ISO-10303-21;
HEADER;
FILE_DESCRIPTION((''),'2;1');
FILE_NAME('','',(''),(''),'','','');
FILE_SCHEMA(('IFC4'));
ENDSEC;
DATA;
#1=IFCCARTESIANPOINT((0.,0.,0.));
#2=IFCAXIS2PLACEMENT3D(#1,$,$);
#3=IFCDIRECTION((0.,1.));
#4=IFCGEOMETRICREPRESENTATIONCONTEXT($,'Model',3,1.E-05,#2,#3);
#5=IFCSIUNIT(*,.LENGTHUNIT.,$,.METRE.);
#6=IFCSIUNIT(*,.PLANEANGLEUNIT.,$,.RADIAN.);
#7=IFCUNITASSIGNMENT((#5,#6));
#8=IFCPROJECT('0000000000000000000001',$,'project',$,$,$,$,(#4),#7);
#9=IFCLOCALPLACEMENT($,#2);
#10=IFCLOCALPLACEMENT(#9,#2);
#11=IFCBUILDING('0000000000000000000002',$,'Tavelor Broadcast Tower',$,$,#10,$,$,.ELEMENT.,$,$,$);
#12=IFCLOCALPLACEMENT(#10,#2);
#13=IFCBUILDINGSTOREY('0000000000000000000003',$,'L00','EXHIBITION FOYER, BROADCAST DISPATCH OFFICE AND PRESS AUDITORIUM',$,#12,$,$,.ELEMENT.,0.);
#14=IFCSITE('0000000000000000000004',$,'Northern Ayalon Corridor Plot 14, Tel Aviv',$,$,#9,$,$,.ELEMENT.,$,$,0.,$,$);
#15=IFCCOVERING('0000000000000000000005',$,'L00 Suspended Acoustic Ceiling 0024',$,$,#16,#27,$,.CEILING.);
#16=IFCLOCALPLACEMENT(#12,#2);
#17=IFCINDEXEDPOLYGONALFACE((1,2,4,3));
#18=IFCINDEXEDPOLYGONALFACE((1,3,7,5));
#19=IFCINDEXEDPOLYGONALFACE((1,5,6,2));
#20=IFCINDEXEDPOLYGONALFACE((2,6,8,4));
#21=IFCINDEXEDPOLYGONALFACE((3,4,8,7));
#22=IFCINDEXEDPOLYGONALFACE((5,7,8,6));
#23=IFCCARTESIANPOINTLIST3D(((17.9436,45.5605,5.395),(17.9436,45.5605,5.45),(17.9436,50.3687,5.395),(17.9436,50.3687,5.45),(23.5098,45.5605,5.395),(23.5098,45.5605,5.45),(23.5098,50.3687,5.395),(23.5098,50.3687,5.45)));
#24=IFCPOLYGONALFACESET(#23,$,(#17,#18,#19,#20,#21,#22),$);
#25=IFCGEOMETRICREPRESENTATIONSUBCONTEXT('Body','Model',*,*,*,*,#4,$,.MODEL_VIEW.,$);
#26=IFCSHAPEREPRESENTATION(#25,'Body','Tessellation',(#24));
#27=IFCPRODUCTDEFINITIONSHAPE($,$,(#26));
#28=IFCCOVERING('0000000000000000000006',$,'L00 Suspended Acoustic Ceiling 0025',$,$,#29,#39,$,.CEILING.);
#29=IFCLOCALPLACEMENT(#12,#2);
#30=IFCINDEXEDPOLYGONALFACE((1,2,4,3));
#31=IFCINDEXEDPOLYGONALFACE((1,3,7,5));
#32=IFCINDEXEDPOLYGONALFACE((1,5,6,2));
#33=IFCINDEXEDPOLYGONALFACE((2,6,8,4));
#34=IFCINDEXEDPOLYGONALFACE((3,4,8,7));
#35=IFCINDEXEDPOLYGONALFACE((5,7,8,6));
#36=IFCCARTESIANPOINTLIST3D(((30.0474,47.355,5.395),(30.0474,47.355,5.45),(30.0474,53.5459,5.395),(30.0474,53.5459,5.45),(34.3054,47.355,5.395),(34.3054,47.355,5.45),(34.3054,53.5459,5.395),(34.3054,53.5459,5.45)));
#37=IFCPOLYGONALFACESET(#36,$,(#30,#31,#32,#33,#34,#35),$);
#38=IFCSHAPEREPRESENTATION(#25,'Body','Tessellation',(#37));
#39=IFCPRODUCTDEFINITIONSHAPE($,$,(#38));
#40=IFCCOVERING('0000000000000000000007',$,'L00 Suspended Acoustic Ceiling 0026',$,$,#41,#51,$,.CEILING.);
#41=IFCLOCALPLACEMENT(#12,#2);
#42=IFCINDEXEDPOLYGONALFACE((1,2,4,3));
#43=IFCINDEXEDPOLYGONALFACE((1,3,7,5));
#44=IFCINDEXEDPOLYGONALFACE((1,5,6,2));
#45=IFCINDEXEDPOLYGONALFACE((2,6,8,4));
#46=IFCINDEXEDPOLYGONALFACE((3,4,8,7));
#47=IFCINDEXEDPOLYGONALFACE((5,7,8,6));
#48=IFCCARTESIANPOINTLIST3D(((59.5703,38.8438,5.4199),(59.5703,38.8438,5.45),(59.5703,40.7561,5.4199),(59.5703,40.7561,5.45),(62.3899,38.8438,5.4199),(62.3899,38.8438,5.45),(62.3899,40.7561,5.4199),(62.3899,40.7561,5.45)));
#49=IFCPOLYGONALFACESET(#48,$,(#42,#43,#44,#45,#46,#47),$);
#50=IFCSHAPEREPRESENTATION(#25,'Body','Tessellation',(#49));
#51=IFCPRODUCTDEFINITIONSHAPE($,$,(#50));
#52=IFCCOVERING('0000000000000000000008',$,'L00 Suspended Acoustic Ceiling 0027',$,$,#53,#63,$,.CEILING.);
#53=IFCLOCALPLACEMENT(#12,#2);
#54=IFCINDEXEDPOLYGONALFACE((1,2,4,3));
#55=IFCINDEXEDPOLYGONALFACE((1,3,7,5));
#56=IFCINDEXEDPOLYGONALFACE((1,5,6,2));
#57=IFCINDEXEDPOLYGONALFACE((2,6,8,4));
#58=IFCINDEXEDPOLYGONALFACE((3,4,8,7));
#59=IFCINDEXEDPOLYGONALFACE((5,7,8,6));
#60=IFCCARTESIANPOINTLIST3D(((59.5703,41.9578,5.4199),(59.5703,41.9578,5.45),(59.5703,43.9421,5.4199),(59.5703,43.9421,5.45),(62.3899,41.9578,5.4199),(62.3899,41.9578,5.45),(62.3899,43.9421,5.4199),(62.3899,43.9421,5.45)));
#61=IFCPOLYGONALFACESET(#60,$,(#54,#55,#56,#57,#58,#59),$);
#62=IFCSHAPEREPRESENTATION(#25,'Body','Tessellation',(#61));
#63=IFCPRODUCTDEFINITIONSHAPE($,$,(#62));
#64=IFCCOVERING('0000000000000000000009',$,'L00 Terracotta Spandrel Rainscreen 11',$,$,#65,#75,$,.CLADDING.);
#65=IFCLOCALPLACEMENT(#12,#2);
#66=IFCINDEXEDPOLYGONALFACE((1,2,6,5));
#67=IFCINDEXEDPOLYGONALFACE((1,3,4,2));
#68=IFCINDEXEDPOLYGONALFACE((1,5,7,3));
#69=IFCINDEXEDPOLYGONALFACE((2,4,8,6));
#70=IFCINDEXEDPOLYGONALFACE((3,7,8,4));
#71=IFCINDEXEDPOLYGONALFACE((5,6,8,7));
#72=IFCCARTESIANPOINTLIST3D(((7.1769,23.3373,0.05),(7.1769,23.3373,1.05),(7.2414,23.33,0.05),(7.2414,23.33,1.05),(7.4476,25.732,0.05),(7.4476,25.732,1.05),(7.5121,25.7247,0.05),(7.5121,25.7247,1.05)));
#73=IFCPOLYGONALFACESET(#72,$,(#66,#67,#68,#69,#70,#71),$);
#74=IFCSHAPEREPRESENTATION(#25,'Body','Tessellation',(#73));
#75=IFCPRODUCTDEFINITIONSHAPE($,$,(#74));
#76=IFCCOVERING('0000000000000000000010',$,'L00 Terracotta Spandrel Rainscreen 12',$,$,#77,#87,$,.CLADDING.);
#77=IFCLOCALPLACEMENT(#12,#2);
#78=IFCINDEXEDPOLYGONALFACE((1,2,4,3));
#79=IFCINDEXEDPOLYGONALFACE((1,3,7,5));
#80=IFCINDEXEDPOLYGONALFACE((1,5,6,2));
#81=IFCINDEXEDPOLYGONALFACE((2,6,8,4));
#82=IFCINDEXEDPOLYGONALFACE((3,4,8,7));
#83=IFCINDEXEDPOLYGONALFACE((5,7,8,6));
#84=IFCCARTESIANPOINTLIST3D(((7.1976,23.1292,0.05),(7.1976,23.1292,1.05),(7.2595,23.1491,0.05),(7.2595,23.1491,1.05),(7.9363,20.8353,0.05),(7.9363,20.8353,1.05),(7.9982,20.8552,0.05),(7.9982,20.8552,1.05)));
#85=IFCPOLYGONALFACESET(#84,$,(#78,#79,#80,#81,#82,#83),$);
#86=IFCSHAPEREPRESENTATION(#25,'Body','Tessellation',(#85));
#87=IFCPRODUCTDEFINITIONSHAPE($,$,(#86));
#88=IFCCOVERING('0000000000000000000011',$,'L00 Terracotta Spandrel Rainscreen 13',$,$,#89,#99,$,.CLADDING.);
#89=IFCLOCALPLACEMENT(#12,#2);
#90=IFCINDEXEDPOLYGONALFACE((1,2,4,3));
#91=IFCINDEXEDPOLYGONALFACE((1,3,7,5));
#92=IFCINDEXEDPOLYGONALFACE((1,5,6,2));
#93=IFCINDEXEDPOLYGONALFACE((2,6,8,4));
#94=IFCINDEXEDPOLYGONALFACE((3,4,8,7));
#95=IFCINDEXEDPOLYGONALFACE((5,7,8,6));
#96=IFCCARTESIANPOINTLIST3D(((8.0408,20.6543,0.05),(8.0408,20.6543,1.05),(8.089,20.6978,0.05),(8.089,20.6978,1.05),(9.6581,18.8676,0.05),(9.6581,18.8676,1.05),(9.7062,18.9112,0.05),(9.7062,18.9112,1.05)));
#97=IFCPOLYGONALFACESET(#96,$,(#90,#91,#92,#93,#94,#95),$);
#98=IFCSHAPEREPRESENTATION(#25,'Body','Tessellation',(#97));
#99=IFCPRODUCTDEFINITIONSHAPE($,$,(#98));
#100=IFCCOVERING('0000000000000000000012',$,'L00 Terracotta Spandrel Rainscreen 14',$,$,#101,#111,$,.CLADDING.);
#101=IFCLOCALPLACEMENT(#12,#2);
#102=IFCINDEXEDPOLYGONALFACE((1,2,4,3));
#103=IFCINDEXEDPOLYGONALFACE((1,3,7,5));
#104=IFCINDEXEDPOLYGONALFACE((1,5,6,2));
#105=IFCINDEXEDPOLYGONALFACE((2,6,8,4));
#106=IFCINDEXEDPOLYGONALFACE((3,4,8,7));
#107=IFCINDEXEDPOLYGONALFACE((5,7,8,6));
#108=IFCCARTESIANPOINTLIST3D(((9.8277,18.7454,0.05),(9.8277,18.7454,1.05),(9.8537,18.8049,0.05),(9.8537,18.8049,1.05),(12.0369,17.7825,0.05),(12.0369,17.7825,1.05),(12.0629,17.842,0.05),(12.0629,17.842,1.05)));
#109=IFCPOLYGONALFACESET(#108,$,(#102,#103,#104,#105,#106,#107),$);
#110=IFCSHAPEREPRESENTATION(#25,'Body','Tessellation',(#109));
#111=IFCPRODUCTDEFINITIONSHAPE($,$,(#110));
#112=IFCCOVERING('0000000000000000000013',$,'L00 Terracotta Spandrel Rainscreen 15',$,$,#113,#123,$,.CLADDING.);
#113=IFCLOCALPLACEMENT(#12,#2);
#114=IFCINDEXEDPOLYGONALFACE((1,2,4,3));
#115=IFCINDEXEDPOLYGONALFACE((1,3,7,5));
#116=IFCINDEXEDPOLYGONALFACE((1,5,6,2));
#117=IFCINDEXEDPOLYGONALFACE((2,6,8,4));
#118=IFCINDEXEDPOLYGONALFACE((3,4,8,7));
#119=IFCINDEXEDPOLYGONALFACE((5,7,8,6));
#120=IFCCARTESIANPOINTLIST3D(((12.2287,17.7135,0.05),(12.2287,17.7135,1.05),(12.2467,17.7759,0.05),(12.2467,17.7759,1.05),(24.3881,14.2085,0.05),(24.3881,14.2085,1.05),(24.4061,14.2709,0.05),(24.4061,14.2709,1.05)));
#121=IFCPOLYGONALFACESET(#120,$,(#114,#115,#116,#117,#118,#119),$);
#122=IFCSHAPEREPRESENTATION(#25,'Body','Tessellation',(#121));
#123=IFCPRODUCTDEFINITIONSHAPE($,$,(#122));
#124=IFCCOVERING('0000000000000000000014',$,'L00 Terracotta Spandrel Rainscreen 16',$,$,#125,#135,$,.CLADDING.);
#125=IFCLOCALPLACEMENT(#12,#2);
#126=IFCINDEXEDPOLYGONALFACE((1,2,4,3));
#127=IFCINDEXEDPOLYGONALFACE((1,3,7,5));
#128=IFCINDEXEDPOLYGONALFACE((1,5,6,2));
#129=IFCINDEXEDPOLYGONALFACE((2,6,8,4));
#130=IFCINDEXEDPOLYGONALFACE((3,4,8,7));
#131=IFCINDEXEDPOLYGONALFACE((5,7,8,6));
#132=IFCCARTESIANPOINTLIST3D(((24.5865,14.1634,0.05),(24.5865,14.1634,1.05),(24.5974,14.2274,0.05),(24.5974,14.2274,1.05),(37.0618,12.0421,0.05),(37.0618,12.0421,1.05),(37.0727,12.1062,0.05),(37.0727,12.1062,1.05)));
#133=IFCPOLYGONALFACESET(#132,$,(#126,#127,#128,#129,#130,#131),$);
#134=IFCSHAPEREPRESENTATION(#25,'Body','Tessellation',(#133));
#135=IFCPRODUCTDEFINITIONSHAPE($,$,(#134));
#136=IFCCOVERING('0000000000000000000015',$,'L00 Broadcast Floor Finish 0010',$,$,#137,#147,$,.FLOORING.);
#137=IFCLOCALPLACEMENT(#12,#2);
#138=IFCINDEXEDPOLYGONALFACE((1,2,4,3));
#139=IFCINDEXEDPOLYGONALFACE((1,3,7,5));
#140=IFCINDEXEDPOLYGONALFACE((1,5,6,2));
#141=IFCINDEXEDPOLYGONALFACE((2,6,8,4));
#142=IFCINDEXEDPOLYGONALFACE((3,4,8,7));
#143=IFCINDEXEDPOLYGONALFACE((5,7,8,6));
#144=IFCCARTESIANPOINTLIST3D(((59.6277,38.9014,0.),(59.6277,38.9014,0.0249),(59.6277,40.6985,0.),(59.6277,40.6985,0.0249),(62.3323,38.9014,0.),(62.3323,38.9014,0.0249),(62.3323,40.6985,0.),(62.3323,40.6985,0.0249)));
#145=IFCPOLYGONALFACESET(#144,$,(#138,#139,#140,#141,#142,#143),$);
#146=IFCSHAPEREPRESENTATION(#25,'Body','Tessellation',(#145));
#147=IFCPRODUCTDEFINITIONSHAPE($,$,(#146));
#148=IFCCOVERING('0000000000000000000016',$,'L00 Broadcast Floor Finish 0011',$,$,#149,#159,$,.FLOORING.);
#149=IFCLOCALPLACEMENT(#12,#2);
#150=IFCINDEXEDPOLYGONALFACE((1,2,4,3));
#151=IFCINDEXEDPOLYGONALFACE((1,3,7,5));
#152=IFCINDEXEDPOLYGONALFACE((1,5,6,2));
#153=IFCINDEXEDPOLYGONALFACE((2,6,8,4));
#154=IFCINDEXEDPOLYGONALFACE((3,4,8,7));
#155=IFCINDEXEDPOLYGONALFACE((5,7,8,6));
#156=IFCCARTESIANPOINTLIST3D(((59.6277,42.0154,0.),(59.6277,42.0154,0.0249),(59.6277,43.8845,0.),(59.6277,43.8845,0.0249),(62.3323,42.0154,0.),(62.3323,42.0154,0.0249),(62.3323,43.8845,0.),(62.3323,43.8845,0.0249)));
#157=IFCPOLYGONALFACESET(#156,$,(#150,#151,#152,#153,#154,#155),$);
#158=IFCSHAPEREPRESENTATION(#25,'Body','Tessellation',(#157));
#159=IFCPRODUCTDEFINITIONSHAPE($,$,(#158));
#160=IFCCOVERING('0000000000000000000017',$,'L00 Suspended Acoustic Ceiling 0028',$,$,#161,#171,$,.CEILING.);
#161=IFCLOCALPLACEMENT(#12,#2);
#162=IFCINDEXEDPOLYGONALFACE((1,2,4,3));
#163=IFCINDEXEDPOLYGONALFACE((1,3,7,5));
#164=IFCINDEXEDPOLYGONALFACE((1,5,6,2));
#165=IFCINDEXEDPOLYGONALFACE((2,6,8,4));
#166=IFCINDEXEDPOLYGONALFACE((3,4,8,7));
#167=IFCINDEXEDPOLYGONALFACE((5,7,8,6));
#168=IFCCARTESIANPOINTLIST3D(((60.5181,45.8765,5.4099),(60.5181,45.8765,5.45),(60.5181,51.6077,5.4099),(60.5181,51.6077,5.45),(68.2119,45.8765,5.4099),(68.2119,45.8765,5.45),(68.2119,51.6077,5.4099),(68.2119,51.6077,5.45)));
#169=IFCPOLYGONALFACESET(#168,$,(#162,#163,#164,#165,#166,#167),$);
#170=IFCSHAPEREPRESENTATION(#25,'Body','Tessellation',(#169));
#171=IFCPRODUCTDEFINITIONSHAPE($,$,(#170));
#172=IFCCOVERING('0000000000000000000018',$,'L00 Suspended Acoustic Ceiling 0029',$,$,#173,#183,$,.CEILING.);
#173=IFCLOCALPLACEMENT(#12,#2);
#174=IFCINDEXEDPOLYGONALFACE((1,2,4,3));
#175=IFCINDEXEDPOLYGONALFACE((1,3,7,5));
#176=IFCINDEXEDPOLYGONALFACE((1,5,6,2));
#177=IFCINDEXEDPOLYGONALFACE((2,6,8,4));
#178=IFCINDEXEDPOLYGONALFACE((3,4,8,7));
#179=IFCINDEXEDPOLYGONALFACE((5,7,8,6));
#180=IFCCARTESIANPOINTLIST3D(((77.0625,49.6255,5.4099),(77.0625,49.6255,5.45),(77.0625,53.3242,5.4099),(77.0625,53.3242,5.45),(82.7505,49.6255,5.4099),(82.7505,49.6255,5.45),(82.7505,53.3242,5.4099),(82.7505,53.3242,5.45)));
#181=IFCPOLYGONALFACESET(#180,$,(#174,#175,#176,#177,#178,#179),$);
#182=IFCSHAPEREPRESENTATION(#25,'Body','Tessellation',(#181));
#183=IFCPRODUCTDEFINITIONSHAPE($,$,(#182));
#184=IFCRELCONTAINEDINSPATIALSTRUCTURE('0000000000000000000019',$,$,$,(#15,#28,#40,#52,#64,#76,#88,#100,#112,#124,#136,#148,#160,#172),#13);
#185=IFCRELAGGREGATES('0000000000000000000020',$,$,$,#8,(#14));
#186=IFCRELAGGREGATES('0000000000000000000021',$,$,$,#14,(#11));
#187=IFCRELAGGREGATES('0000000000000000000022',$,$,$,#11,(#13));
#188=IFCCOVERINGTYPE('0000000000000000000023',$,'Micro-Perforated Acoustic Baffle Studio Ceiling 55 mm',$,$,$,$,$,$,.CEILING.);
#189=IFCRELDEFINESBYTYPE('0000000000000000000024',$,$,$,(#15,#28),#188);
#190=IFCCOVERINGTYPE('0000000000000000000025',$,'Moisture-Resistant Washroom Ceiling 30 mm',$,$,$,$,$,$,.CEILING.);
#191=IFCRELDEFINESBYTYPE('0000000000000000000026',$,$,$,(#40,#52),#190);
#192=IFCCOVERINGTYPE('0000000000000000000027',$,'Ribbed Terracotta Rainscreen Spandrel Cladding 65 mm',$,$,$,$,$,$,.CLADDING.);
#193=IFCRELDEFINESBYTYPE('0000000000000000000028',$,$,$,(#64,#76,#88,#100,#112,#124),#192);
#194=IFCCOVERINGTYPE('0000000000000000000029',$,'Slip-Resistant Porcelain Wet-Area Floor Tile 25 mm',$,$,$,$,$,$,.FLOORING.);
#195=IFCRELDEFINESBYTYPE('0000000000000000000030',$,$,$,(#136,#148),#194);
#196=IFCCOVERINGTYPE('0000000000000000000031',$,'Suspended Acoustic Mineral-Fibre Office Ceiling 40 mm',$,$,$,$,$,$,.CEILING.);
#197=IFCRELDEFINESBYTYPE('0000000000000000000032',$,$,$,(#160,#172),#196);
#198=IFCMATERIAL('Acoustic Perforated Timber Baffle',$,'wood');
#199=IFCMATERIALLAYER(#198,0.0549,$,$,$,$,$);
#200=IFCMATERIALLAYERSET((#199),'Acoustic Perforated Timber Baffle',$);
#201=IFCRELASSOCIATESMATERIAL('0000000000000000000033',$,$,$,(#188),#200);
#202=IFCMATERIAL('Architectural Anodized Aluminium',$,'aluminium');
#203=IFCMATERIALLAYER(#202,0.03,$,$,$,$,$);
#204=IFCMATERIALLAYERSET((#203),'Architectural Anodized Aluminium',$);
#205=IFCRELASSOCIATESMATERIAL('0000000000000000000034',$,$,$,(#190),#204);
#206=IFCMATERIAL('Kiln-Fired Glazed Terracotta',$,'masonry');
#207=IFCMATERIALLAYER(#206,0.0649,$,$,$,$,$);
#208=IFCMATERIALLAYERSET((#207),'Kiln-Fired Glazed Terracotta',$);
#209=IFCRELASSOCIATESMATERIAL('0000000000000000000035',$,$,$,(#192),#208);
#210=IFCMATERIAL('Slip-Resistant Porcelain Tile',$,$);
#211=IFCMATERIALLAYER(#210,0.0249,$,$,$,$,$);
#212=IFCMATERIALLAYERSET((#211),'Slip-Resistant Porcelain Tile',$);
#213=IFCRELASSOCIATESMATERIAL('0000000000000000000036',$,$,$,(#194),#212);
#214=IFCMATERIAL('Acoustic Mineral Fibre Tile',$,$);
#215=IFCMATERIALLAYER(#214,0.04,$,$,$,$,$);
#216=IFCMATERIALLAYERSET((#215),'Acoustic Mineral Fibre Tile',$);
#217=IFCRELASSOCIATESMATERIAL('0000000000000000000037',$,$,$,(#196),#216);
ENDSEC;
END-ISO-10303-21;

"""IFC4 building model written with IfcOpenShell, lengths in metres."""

from ifc_helpers import new_model, si_unit, direction, frame, origin, origin_2d, place, context, subcontext, project, spatial, polyline, rectangle, outline, extrude, material, layer, layer_set, type_object, element, save


model = new_model("IFC4")

# Units and contexts
model_context = context("Model", 3, precision=1e-05, world=origin(), true_north=direction((0.0, 1.0)))
body_context = subcontext(model_context, "Body", "Model", "MODEL_VIEW")
ifc_project = project(units=[si_unit("LENGTHUNIT", "METRE"), si_unit("PLANEANGLEUNIT", "RADIAN")], contexts=[model_context])

# Site, building, storey
site_placement = place(None, origin())
site = spatial("IfcSite", under=ifc_project, at=site_placement, Name="Northern Ayalon Corridor Plot 14, Tel Aviv", CompositionType="ELEMENT", RefElevation=0.0)
building_placement = place(site_placement, origin())
building = spatial("IfcBuilding", under=site, at=building_placement, Name="Tavelor Broadcast Tower", CompositionType="ELEMENT")
storey_placement = place(building_placement, origin())
storey = spatial("IfcBuildingStorey", under=building, at=storey_placement, Name="L00", Description="EXHIBITION FOYER, BROADCAST DISPATCH OFFICE AND PRESS AUDITORIUM", CompositionType="ELEMENT", Elevation=0.0)

# Shared definitions
ifc_material_1 = material(Name="Architectural Anodized Aluminium", Category="aluminium")

# Coverings
ifc_material_2 = material(Name="Acoustic Perforated Timber Baffle", Category="wood")
ifc_layer_1 = layer(ifc_material_2, 0.0549)
ifc_layer_set_1 = layer_set([ifc_layer_1], Name="Acoustic Perforated Timber Baffle")
covering_type_1 = type_object("IfcCoveringType", Name="Micro-Perforated Acoustic Baffle Studio Ceiling 55 mm", PredefinedType="CEILING", material=ifc_layer_set_1)
covering_1_placement = place(storey_placement, frame((0.0, 0.0, 5.395)))
element("IfcCovering", 1, at=covering_1_placement, inside=storey, type_object=covering_type_1, Name="L00 Suspended Acoustic Ceiling 0024", PredefinedType="CEILING", context=body_context, shape_type="SweptSolid", body=[
    extrude(outline(polyline([(17.9436, 45.5605), (23.5098, 45.5605), (23.5098, 50.3687), (17.9436, 50.3687), (17.9436, 45.5605)])), origin(), (0.0, 0.0, 1.0), 0.0549),
])
covering_2_placement = place(storey_placement, frame((0.0, 0.0, 5.395)))
element("IfcCovering", 2, at=covering_2_placement, inside=storey, type_object=covering_type_1, Name="L00 Suspended Acoustic Ceiling 0025", PredefinedType="CEILING", context=body_context, shape_type="SweptSolid", body=[
    extrude(outline(polyline([(30.0474, 47.355), (34.3054, 47.355), (34.3054, 53.5459), (30.0474, 53.5459), (30.0474, 47.355)])), origin(), (0.0, 0.0, 1.0), 0.0549),
])
ifc_layer_2 = layer(ifc_material_1, 0.03)
ifc_layer_set_2 = layer_set([ifc_layer_2], Name="Architectural Anodized Aluminium")
covering_type_2 = type_object("IfcCoveringType", Name="Moisture-Resistant Washroom Ceiling 30 mm", PredefinedType="CEILING", material=ifc_layer_set_2)
covering_3_placement = place(storey_placement, frame((0.0, 0.0, 5.4199)))
element("IfcCovering", 3, at=covering_3_placement, inside=storey, type_object=covering_type_2, Name="L00 Suspended Acoustic Ceiling 0026", PredefinedType="CEILING", context=body_context, shape_type="SweptSolid", body=[
    extrude(outline(polyline([(59.5703, 38.8438), (62.3899, 38.8438), (62.3899, 40.7561), (59.5703, 40.7561), (59.5703, 38.8438)])), origin(), (0.0, 0.0, 1.0), 0.03),
])
covering_4_placement = place(storey_placement, frame((0.0, 0.0, 5.4199)))
element("IfcCovering", 4, at=covering_4_placement, inside=storey, type_object=covering_type_2, Name="L00 Suspended Acoustic Ceiling 0027", PredefinedType="CEILING", context=body_context, shape_type="SweptSolid", body=[
    extrude(outline(polyline([(59.5703, 41.9578), (62.3899, 41.9578), (62.3899, 43.9421), (59.5703, 43.9421), (59.5703, 41.9578)])), origin(), (0.0, 0.0, 1.0), 0.03),
])
ifc_material_3 = material(Name="Kiln-Fired Glazed Terracotta", Category="masonry")
ifc_layer_3 = layer(ifc_material_3, 0.0649)
ifc_layer_set_3 = layer_set([ifc_layer_3], Name="Kiln-Fired Glazed Terracotta")
covering_type_3 = type_object("IfcCoveringType", Name="Ribbed Terracotta Rainscreen Spandrel Cladding 65 mm", PredefinedType="CLADDING", material=ifc_layer_set_3)
for number, where, z_axis, x_axis, name in (
    (5, (7.3445, 24.531, 0.05), (0.0, 0.0, 1.0), (-0.112336, -0.99367, 0.0), "L00 Terracotta Spandrel Rainscreen 11"),
    (6, (7.5979, 21.9922, 0.05), (0.0, 0.0, 1.0), (0.306526, -0.951862, 0.0), "L00 Terracotta Spandrel Rainscreen 12"),
    (7, (8.8735, 19.7827, 0.05), (0.0, 0.0, 1.0), (0.671074, -0.741391, 0.0), "L00 Terracotta Spandrel Rainscreen 13"),
    (8, (10.9453, 18.2937, 0.05), (0.0, 0.0, 1.0), (0.916712, -0.399549, 0.0), "L00 Terracotta Spandrel Rainscreen 14"),
):
    element("IfcCovering", number, at=place(storey_placement, frame(where, z_axis=z_axis, x_axis=x_axis)), inside=storey, type_object=covering_type_3, Name=name, PredefinedType="CLADDING", context=body_context, shape_type="SweptSolid", body=[
        extrude(rectangle(XDim=2.4099, YDim=0.0649, at=origin_2d()), origin(), (0.0, 0.0, 1.0), 1.0),
    ])
covering_5_placement = place(storey_placement, frame((18.3174, 15.9922, 0.05), z_axis=(0.0, 0.0, 1.0), x_axis=(0.960876, -0.276979, 0.0)))
element("IfcCovering", 9, at=covering_5_placement, inside=storey, type_object=covering_type_3, Name="L00 Terracotta Spandrel Rainscreen 15", PredefinedType="CLADDING", context=body_context, shape_type="SweptSolid", body=[
    extrude(rectangle(XDim=12.6545, YDim=0.0649, at=origin_2d()), origin(), (0.0, 0.0, 1.0), 1.0),
])
covering_6_placement = place(storey_placement, frame((30.8296, 13.1348, 0.05), z_axis=(0.0, 0.0, 1.0), x_axis=(0.98585, -0.167629, 0.0)))
element("IfcCovering", 10, at=covering_6_placement, inside=storey, type_object=covering_type_3, Name="L00 Terracotta Spandrel Rainscreen 16", PredefinedType="CLADDING", context=body_context, shape_type="SweptSolid", body=[
    extrude(rectangle(XDim=12.6543, YDim=0.0649, at=origin_2d()), origin(), (0.0, 0.0, 1.0), 1.0),
])
ifc_material_4 = material(Name="Slip-Resistant Porcelain Tile")
ifc_layer_4 = layer(ifc_material_4, 0.0249)
ifc_layer_set_4 = layer_set([ifc_layer_4], Name="Slip-Resistant Porcelain Tile")
covering_type_4 = type_object("IfcCoveringType", Name="Slip-Resistant Porcelain Wet-Area Floor Tile 25 mm", PredefinedType="FLOORING", material=ifc_layer_set_4)
covering_7_placement = place(storey_placement, origin())
element("IfcCovering", 11, at=covering_7_placement, inside=storey, type_object=covering_type_4, Name="L00 Broadcast Floor Finish 0010", PredefinedType="FLOORING", context=body_context, shape_type="SweptSolid", body=[
    extrude(outline(polyline([(59.6277, 38.9014), (62.3323, 38.9014), (62.3323, 40.6985), (59.6277, 40.6985), (59.6277, 38.9014)])), origin(), (0.0, 0.0, 1.0), 0.0249),
])
covering_8_placement = place(storey_placement, origin())
element("IfcCovering", 12, at=covering_8_placement, inside=storey, type_object=covering_type_4, Name="L00 Broadcast Floor Finish 0011", PredefinedType="FLOORING", context=body_context, shape_type="SweptSolid", body=[
    extrude(outline(polyline([(59.6277, 42.0154), (62.3323, 42.0154), (62.3323, 43.8845), (59.6277, 43.8845), (59.6277, 42.0154)])), origin(), (0.0, 0.0, 1.0), 0.0249),
])
ifc_material_5 = material(Name="Acoustic Mineral Fibre Tile")
ifc_layer_5 = layer(ifc_material_5, 0.04)
ifc_layer_set_5 = layer_set([ifc_layer_5], Name="Acoustic Mineral Fibre Tile")
covering_type_5 = type_object("IfcCoveringType", Name="Suspended Acoustic Mineral-Fibre Office Ceiling 40 mm", PredefinedType="CEILING", material=ifc_layer_set_5)
covering_9_placement = place(storey_placement, frame((0.0, 0.0, 5.4099)))
element("IfcCovering", 13, at=covering_9_placement, inside=storey, type_object=covering_type_5, Name="L00 Suspended Acoustic Ceiling 0028", PredefinedType="CEILING", context=body_context, shape_type="SweptSolid", body=[
    extrude(outline(polyline([(60.5181, 45.8765), (68.2119, 45.8765), (68.2119, 51.6077), (60.5181, 51.6077), (60.5181, 45.8765)])), origin(), (0.0, 0.0, 1.0), 0.04),
])
covering_10_placement = place(storey_placement, frame((0.0, 0.0, 5.4099)))
element("IfcCovering", 14, at=covering_10_placement, inside=storey, type_object=covering_type_5, Name="L00 Suspended Acoustic Ceiling 0029", PredefinedType="CEILING", context=body_context, shape_type="SweptSolid", body=[
    extrude(outline(polyline([(77.0625, 49.6255), (82.7505, 49.6255), (82.7505, 53.3242), (77.0625, 53.3242), (77.0625, 49.6255)])), origin(), (0.0, 0.0, 1.0), 0.04),
])

save(model, "model.ifc")
